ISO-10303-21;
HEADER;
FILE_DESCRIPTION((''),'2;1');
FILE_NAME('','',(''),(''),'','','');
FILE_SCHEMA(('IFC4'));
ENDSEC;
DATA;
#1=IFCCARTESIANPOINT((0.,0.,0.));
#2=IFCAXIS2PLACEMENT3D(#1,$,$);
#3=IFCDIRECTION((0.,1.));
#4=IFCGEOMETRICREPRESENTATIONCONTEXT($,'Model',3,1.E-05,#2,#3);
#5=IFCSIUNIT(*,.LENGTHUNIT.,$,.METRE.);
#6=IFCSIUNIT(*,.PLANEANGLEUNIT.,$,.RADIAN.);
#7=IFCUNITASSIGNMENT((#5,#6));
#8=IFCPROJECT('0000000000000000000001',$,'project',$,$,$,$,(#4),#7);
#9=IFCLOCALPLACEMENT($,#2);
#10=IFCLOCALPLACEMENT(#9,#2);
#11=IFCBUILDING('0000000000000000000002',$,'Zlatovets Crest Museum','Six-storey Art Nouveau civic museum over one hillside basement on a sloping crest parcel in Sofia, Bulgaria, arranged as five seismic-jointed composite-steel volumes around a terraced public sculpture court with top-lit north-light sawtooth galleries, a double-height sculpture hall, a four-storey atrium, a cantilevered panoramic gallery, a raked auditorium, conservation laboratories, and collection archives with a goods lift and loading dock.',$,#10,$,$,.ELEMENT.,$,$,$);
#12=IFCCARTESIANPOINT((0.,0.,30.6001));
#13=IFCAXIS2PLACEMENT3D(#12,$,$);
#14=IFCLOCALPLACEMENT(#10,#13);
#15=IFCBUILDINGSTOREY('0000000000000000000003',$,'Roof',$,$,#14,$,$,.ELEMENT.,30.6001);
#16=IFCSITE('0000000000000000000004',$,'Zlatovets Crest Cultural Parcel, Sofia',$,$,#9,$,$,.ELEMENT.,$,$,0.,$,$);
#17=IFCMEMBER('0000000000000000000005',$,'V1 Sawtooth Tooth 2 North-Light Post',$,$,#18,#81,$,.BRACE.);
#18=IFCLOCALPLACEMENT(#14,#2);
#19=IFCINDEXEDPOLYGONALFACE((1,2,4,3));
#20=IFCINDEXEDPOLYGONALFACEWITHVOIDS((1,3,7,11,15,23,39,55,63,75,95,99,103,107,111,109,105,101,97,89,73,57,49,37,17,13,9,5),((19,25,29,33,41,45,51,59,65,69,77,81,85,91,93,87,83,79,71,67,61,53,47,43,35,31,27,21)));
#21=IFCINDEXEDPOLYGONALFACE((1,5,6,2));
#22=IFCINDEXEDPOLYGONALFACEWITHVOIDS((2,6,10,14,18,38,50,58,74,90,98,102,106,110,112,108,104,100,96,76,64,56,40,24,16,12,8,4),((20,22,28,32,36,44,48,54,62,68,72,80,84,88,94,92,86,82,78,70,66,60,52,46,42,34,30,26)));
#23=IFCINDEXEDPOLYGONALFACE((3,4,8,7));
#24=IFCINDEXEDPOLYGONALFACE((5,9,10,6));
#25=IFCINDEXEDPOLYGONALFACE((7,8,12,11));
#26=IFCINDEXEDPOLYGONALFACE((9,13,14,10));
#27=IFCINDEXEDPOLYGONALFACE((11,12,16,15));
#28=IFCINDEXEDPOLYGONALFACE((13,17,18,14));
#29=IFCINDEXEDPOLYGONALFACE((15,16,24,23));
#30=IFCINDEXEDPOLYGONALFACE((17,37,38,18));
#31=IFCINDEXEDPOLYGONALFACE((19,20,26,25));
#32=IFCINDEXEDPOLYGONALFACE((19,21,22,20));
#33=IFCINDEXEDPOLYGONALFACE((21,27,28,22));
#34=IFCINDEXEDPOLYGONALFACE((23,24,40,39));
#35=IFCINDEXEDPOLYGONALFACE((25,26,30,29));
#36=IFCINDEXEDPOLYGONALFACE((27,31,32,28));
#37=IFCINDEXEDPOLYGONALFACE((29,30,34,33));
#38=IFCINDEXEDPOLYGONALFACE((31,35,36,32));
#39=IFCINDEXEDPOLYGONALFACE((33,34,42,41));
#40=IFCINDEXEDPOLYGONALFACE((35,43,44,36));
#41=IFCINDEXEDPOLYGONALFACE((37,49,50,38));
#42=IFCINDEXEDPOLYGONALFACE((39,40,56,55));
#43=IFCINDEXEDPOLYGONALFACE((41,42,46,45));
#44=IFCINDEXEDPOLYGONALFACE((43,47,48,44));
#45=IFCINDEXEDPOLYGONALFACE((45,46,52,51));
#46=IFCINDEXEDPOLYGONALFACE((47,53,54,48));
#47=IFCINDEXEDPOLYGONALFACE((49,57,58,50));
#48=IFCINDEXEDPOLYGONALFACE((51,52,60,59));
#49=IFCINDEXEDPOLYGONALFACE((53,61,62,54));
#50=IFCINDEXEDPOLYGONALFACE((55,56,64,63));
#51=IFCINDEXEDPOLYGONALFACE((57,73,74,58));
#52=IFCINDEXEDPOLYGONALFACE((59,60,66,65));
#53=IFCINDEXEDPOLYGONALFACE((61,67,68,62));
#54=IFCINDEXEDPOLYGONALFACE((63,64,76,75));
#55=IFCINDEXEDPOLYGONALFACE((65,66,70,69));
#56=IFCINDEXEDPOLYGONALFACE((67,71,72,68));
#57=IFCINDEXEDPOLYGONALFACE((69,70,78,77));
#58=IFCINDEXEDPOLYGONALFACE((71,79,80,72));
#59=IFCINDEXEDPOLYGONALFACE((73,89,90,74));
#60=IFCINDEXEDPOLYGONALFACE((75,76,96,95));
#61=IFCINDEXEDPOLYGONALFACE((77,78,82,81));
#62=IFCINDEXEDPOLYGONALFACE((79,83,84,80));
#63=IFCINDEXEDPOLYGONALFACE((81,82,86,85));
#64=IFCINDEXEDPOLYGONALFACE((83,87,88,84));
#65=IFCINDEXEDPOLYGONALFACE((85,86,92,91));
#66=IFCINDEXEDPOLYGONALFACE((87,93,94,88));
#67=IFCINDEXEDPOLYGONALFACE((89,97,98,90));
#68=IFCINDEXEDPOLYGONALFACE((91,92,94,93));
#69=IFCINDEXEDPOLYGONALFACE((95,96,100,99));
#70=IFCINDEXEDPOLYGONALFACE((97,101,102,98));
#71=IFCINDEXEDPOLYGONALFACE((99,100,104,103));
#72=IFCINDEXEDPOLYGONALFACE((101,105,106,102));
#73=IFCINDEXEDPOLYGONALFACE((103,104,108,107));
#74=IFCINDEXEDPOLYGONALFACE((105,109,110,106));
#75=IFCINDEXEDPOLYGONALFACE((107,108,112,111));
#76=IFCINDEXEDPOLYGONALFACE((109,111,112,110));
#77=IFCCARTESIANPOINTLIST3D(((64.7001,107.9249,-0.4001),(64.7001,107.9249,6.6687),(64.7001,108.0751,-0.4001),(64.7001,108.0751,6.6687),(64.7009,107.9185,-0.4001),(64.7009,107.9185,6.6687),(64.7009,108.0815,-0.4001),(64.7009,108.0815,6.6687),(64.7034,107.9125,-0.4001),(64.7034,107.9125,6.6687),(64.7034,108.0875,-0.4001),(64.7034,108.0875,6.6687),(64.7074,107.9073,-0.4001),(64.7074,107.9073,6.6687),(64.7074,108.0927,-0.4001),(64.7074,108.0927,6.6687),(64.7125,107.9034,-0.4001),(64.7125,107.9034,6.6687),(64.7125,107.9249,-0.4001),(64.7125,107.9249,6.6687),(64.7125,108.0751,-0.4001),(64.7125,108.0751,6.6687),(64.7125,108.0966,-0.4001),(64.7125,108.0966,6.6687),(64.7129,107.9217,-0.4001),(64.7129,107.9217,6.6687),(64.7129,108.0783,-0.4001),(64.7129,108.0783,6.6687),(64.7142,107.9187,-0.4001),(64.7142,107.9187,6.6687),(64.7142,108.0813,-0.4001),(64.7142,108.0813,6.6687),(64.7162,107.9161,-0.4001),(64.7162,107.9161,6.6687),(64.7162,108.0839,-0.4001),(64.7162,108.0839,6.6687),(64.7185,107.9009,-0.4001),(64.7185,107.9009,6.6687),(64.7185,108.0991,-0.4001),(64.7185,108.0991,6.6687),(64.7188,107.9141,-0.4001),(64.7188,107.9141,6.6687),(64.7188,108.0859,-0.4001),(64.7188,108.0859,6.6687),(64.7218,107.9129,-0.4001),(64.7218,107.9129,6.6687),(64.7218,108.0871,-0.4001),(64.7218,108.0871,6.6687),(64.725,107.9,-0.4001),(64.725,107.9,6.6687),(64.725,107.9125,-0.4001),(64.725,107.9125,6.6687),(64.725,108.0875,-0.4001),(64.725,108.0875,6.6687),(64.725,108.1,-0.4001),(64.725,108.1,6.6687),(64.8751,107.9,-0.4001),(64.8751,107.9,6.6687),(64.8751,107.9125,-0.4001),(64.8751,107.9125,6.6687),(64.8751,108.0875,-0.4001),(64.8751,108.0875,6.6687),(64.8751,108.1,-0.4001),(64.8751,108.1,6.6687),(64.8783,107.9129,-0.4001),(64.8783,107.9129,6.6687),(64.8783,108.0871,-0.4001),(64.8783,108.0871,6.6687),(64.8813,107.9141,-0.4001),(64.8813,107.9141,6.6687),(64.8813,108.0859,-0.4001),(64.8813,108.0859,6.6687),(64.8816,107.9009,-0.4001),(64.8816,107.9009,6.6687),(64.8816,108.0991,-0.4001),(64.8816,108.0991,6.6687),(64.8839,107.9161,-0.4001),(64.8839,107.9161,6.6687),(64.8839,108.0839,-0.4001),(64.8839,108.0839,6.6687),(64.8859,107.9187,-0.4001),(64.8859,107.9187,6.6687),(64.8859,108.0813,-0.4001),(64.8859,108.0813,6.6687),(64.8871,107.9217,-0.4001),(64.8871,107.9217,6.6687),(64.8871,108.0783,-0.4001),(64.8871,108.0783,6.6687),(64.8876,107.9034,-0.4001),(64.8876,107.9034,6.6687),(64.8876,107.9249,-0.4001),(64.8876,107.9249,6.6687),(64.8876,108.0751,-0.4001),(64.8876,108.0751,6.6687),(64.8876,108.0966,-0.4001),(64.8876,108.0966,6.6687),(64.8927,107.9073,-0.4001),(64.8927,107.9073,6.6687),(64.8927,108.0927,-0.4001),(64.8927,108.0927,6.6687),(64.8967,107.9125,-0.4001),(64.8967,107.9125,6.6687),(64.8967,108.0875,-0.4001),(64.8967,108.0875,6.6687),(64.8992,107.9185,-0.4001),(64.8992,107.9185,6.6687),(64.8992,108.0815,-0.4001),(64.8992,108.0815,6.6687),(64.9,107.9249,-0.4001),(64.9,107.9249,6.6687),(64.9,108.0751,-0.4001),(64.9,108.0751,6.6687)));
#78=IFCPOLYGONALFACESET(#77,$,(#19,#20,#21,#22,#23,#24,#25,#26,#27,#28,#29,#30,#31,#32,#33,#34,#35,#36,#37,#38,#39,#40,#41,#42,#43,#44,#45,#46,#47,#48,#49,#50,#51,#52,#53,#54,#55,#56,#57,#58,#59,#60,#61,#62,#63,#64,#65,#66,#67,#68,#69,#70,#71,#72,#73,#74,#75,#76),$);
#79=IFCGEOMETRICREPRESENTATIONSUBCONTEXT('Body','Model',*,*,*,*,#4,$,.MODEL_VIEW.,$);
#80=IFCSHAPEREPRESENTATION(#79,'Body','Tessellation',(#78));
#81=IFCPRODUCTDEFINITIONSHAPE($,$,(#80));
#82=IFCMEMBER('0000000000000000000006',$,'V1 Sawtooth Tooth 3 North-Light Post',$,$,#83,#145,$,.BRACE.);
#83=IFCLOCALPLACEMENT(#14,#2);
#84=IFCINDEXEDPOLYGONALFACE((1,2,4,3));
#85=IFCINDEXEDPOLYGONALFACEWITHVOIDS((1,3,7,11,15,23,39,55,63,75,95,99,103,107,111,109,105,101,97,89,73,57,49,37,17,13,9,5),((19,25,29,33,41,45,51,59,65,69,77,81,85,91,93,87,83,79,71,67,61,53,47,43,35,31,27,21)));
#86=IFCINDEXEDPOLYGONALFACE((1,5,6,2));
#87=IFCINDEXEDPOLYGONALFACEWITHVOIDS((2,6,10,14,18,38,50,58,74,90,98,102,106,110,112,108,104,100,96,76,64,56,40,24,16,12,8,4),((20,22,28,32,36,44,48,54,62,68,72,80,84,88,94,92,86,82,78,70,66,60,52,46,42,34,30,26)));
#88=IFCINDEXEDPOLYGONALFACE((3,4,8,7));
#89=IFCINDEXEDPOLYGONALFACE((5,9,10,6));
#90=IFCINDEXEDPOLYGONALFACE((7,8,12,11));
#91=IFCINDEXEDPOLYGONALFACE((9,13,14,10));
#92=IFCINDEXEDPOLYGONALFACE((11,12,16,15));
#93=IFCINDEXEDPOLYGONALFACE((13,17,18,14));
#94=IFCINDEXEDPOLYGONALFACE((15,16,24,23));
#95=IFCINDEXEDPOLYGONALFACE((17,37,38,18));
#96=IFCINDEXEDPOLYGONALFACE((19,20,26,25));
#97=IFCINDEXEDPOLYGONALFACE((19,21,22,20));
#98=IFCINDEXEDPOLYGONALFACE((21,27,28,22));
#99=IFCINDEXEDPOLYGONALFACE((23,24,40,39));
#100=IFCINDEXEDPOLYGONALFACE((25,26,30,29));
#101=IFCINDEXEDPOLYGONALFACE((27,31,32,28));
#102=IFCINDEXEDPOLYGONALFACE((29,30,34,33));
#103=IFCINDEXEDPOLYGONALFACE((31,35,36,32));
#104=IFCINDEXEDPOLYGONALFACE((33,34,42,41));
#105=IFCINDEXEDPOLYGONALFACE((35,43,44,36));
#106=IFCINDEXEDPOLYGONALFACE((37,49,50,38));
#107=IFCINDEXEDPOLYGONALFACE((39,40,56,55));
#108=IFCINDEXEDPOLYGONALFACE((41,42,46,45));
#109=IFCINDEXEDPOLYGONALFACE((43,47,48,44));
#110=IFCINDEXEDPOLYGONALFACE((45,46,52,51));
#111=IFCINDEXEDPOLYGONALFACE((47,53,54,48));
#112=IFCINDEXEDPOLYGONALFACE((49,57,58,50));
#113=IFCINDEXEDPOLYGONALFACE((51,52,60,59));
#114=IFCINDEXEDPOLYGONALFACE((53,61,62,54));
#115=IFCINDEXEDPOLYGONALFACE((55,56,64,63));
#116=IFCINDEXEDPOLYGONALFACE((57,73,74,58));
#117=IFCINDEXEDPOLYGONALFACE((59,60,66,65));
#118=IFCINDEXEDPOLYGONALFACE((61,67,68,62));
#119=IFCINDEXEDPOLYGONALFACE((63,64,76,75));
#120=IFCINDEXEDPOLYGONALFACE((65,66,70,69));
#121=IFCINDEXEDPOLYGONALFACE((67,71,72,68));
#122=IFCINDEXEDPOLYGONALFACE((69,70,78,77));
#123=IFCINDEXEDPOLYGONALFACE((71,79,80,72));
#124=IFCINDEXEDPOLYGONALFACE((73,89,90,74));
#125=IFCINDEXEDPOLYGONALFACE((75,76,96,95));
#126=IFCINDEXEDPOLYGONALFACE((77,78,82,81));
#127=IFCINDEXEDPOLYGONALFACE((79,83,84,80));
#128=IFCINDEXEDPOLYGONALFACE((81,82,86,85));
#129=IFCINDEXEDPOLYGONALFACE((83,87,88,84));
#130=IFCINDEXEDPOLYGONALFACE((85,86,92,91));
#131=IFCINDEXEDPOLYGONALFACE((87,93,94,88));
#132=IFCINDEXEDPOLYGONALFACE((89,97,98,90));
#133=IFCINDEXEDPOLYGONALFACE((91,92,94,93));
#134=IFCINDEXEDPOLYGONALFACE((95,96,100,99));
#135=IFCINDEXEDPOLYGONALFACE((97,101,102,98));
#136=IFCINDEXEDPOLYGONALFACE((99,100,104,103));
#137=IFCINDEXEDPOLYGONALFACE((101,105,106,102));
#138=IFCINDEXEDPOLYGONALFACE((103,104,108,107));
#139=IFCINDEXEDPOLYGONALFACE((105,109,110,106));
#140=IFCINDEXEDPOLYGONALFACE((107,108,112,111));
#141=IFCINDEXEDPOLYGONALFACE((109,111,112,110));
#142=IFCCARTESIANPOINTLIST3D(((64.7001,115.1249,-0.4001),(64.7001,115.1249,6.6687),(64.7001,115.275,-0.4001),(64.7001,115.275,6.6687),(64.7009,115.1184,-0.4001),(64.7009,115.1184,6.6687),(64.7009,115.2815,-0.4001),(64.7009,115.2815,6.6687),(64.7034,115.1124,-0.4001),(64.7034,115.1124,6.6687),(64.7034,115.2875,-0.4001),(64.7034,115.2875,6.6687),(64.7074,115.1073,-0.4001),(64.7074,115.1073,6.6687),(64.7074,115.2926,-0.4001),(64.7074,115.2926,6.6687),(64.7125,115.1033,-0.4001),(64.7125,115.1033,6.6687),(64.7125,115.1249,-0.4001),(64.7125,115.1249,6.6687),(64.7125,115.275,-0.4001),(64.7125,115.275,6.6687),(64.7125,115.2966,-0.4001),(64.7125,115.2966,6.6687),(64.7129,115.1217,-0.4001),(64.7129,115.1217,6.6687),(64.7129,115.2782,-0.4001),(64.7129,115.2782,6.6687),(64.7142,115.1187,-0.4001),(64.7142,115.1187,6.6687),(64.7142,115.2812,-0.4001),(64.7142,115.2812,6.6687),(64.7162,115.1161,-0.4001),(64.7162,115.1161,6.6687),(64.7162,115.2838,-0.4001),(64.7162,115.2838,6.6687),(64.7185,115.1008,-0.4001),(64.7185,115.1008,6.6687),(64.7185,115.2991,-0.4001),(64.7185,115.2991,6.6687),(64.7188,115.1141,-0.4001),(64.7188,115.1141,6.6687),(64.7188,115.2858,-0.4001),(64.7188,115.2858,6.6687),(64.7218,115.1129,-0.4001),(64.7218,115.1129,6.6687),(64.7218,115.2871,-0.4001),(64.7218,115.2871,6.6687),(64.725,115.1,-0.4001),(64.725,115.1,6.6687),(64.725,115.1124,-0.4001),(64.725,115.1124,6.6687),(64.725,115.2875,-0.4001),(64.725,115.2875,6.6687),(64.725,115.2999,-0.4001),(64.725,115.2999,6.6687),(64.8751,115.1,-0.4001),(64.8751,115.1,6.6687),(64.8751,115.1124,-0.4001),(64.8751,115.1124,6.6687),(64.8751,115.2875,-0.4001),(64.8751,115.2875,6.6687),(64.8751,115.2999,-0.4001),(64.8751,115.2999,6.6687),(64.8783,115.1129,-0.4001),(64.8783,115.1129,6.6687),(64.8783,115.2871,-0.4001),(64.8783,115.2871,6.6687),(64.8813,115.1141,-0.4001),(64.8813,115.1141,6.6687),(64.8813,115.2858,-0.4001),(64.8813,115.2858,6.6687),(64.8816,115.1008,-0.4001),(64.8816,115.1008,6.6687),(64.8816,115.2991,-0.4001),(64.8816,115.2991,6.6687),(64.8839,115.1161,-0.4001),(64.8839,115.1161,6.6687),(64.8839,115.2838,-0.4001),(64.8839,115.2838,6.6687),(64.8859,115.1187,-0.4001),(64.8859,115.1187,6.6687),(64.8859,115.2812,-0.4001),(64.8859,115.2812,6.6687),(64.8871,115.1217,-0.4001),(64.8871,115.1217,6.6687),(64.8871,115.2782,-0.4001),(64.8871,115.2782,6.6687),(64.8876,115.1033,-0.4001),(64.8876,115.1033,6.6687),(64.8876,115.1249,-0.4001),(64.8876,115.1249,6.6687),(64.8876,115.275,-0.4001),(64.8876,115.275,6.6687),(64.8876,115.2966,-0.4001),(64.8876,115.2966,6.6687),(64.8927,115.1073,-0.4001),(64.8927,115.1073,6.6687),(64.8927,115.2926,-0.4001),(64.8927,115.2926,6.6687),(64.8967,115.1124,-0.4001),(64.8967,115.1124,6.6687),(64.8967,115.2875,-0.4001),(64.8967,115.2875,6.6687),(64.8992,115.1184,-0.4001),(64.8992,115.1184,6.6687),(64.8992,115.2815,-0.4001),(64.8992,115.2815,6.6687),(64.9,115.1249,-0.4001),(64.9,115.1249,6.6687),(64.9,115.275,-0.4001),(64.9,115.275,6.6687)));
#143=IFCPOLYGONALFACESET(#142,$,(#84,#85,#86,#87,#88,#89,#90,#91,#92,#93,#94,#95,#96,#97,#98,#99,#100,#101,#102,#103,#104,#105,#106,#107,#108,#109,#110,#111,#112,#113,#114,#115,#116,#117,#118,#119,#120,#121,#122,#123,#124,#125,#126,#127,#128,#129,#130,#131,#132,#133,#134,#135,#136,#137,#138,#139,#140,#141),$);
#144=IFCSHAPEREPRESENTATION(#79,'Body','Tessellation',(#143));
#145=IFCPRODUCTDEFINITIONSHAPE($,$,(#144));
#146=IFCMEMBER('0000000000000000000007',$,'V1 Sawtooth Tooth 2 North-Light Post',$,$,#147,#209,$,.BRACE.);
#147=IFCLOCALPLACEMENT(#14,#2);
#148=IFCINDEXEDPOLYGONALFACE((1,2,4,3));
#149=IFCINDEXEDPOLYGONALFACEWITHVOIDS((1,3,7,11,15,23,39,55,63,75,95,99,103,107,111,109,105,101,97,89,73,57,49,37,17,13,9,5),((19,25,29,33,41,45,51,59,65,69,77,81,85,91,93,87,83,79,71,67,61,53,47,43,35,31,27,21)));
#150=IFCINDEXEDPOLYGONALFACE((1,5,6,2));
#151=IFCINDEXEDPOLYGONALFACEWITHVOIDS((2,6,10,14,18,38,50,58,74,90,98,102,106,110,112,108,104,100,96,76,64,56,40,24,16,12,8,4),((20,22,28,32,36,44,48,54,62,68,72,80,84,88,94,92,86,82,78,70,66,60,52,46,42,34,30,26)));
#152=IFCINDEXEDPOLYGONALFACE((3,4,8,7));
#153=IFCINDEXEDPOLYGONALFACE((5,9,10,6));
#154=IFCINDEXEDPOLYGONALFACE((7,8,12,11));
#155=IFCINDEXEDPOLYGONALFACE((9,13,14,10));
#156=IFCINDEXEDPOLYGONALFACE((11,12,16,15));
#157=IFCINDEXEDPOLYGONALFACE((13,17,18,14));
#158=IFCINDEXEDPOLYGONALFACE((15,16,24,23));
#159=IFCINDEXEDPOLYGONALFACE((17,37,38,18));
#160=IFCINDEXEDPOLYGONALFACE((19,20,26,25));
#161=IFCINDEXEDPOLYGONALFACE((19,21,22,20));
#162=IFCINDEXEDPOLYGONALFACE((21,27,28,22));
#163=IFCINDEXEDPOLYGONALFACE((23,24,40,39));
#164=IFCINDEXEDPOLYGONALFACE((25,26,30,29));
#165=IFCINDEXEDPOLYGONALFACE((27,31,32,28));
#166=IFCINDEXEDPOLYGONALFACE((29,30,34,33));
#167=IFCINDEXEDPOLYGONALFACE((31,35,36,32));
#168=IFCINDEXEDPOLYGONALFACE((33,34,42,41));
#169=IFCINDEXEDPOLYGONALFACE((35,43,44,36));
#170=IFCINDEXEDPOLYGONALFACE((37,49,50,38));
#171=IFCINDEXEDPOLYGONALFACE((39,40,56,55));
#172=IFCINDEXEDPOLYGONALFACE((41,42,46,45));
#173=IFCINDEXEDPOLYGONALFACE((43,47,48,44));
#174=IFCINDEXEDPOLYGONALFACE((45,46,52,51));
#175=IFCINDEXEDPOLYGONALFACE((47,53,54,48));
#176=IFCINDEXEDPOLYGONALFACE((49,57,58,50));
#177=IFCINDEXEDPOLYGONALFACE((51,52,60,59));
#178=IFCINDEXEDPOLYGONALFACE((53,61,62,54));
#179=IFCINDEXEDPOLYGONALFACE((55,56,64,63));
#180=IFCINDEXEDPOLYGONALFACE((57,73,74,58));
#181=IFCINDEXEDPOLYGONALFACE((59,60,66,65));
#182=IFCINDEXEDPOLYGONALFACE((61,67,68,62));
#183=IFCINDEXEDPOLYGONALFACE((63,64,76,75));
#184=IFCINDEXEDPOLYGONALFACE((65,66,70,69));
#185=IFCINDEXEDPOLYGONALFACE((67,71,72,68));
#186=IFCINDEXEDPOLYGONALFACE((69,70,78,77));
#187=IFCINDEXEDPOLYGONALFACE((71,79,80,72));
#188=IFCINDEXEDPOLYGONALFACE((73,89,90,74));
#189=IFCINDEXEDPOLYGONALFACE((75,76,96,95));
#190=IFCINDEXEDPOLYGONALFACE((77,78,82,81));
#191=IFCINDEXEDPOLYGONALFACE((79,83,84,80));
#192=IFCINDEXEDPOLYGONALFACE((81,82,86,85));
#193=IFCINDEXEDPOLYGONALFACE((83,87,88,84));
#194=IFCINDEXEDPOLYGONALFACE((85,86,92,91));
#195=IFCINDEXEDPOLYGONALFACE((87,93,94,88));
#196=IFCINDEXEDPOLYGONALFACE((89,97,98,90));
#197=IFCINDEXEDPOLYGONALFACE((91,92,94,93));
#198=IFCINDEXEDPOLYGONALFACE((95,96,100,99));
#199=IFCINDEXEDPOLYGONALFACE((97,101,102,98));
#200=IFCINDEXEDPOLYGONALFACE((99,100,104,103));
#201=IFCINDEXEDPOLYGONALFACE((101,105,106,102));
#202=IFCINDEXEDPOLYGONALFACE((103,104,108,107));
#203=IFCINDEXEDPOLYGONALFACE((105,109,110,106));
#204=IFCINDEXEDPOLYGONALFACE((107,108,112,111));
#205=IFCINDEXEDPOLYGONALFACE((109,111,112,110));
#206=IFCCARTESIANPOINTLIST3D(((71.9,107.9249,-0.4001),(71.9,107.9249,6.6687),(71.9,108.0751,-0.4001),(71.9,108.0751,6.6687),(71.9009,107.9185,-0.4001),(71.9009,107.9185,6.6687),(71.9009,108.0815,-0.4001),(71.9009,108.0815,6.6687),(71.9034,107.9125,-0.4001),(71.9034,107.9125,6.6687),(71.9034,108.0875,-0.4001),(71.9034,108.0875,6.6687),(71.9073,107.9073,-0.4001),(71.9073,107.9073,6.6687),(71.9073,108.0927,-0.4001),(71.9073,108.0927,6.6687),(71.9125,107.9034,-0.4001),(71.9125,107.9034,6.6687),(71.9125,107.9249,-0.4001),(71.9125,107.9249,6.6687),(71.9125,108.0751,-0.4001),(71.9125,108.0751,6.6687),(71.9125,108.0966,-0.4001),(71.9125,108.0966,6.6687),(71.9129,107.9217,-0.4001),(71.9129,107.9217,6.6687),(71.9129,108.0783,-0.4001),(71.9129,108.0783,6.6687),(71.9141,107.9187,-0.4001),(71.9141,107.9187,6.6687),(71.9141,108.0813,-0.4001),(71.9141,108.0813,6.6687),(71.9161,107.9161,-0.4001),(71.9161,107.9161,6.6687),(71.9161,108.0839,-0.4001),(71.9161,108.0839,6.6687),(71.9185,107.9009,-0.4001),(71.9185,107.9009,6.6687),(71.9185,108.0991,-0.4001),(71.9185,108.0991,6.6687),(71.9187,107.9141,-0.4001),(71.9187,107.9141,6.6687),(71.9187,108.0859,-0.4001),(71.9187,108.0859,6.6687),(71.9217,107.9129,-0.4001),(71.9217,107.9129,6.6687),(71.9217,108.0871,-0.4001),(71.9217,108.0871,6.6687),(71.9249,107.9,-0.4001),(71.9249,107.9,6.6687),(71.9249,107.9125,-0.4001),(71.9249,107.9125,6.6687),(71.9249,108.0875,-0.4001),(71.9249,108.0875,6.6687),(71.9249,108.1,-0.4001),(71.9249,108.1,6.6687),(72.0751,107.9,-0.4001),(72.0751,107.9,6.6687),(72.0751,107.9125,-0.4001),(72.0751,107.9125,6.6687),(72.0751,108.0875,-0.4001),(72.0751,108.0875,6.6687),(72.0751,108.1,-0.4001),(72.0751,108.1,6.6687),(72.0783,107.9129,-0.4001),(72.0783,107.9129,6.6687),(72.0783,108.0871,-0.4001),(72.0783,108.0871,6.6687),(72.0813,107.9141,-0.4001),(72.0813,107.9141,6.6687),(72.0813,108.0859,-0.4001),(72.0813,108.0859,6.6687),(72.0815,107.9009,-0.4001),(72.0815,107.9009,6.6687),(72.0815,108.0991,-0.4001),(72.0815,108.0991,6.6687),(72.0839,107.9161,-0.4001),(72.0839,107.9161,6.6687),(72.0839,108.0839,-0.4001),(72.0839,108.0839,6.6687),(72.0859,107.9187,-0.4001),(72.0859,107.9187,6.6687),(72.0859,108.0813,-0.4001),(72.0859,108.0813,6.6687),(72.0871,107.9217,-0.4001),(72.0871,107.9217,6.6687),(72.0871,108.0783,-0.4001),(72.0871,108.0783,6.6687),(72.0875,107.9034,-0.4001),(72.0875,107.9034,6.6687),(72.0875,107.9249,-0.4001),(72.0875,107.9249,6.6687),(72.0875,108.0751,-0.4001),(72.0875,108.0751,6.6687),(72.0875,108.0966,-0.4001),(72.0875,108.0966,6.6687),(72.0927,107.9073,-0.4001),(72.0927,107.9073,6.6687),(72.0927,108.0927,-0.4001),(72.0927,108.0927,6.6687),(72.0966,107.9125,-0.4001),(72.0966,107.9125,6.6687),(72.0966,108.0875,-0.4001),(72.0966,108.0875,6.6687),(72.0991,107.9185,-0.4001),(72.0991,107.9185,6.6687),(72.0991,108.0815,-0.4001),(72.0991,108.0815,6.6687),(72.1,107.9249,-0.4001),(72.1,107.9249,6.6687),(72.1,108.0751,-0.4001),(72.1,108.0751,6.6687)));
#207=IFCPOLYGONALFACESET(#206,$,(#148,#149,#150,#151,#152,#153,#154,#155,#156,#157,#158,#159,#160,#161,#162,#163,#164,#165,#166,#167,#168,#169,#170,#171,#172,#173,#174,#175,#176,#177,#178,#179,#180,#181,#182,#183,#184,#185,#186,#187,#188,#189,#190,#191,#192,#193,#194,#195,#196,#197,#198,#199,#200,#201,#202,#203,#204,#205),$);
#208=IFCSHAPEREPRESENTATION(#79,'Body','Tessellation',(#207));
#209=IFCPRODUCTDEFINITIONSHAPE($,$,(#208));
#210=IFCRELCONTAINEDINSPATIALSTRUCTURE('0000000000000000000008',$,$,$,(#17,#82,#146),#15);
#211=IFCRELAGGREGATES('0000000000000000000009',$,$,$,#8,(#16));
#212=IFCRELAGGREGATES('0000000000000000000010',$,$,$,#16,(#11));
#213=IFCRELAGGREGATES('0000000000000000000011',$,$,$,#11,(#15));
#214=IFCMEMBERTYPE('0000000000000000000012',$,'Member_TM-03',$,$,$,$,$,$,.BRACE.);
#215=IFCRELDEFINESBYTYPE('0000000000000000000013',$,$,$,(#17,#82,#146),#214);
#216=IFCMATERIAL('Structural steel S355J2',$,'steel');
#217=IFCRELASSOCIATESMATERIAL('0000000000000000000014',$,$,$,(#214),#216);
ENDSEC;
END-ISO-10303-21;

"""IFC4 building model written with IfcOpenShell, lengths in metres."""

from ifc_helpers import new_model, si_unit, direction, frame, origin, origin_2d, place, context, subcontext, project, spatial, hollow_rectangle, extrude, material, material_profile, profile_set, type_object, element, save


model = new_model("IFC4")

# Units and contexts
model_context = context("Model", 3, precision=1e-05, world=origin(), true_north=direction((0.0, 1.0)))
body_context = subcontext(model_context, "Body", "Model", "MODEL_VIEW")
ifc_project = project(units=[si_unit("LENGTHUNIT", "METRE"), si_unit("PLANEANGLEUNIT", "RADIAN")], contexts=[model_context])

# Site, building, storey
site_placement = place(None, origin())
site = spatial("IfcSite", under=ifc_project, at=site_placement, Name="Zlatovets Crest Cultural Parcel, Sofia", CompositionType="ELEMENT", RefElevation=0.0)
building_placement = place(site_placement, origin())
building = spatial("IfcBuilding", under=site, at=building_placement, Name="Zlatovets Crest Museum", Description="Six-storey Art Nouveau civic museum over one hillside basement on a sloping crest parcel in Sofia, Bulgaria, arranged as five seismic-jointed composite-steel volumes around a terraced public sculpture court with top-lit north-light sawtooth galleries, a double-height sculpture hall, a four-storey atrium, a cantilevered panoramic gallery, a raked auditorium, conservation laboratories, and collection archives with a goods lift and loading dock.", CompositionType="ELEMENT")
storey_placement = place(building_placement, frame((0.0, 0.0, 30.6001)))
storey = spatial("IfcBuildingStorey", under=building, at=storey_placement, Name="Roof", CompositionType="ELEMENT", Elevation=30.6001)

# Shared definitions
ifc_material_1 = material(Name="Structural steel S355J2", Category="steel")

# Members
ifc_material_profile_1 = material_profile(ifc_material_1, hollow_rectangle(XDim=0.2, YDim=0.2, WallThickness=0.0125, InnerFilletRadius=0.0125, OuterFilletRadius=0.0249, at=origin_2d()), Name="SHS 200x200x12.5")
ifc_profile_set_1 = profile_set([ifc_material_profile_1], Name="Structural steel S355J2")
member_type_1 = type_object("IfcMemberType", Name="Member_TM-03", PredefinedType="BRACE", material=ifc_profile_set_1)
for number, where, z_axis, x_axis, name in (
    (1, (64.8, 108.0, -0.4001), (0.0, 0.0, 1.0), (1.0, 0.0, 0.0), "V1 Sawtooth Tooth 2 North-Light Post"),
    (2, (64.8, 115.2, -0.4001), (0.0, 0.0, 1.0), (1.0, 0.0, 0.0), "V1 Sawtooth Tooth 3 North-Light Post"),
    (3, (72.0, 108.0, -0.4001), (0.0, 0.0, 1.0), (1.0, 0.0, 0.0), "V1 Sawtooth Tooth 2 North-Light Post"),
):
    element("IfcMember", number, at=place(storey_placement, frame(where, z_axis=z_axis, x_axis=x_axis)), inside=storey, type_object=member_type_1, Name=name, PredefinedType="BRACE", context=body_context, shape_type="SweptSolid", body=[
        extrude(hollow_rectangle(XDim=0.2, YDim=0.2, WallThickness=0.0125, InnerFilletRadius=0.0125, OuterFilletRadius=0.0249, at=origin_2d()), origin(), (0.0, 0.0, 1.0), 7.0688),
    ])

save(model, "model.ifc")
